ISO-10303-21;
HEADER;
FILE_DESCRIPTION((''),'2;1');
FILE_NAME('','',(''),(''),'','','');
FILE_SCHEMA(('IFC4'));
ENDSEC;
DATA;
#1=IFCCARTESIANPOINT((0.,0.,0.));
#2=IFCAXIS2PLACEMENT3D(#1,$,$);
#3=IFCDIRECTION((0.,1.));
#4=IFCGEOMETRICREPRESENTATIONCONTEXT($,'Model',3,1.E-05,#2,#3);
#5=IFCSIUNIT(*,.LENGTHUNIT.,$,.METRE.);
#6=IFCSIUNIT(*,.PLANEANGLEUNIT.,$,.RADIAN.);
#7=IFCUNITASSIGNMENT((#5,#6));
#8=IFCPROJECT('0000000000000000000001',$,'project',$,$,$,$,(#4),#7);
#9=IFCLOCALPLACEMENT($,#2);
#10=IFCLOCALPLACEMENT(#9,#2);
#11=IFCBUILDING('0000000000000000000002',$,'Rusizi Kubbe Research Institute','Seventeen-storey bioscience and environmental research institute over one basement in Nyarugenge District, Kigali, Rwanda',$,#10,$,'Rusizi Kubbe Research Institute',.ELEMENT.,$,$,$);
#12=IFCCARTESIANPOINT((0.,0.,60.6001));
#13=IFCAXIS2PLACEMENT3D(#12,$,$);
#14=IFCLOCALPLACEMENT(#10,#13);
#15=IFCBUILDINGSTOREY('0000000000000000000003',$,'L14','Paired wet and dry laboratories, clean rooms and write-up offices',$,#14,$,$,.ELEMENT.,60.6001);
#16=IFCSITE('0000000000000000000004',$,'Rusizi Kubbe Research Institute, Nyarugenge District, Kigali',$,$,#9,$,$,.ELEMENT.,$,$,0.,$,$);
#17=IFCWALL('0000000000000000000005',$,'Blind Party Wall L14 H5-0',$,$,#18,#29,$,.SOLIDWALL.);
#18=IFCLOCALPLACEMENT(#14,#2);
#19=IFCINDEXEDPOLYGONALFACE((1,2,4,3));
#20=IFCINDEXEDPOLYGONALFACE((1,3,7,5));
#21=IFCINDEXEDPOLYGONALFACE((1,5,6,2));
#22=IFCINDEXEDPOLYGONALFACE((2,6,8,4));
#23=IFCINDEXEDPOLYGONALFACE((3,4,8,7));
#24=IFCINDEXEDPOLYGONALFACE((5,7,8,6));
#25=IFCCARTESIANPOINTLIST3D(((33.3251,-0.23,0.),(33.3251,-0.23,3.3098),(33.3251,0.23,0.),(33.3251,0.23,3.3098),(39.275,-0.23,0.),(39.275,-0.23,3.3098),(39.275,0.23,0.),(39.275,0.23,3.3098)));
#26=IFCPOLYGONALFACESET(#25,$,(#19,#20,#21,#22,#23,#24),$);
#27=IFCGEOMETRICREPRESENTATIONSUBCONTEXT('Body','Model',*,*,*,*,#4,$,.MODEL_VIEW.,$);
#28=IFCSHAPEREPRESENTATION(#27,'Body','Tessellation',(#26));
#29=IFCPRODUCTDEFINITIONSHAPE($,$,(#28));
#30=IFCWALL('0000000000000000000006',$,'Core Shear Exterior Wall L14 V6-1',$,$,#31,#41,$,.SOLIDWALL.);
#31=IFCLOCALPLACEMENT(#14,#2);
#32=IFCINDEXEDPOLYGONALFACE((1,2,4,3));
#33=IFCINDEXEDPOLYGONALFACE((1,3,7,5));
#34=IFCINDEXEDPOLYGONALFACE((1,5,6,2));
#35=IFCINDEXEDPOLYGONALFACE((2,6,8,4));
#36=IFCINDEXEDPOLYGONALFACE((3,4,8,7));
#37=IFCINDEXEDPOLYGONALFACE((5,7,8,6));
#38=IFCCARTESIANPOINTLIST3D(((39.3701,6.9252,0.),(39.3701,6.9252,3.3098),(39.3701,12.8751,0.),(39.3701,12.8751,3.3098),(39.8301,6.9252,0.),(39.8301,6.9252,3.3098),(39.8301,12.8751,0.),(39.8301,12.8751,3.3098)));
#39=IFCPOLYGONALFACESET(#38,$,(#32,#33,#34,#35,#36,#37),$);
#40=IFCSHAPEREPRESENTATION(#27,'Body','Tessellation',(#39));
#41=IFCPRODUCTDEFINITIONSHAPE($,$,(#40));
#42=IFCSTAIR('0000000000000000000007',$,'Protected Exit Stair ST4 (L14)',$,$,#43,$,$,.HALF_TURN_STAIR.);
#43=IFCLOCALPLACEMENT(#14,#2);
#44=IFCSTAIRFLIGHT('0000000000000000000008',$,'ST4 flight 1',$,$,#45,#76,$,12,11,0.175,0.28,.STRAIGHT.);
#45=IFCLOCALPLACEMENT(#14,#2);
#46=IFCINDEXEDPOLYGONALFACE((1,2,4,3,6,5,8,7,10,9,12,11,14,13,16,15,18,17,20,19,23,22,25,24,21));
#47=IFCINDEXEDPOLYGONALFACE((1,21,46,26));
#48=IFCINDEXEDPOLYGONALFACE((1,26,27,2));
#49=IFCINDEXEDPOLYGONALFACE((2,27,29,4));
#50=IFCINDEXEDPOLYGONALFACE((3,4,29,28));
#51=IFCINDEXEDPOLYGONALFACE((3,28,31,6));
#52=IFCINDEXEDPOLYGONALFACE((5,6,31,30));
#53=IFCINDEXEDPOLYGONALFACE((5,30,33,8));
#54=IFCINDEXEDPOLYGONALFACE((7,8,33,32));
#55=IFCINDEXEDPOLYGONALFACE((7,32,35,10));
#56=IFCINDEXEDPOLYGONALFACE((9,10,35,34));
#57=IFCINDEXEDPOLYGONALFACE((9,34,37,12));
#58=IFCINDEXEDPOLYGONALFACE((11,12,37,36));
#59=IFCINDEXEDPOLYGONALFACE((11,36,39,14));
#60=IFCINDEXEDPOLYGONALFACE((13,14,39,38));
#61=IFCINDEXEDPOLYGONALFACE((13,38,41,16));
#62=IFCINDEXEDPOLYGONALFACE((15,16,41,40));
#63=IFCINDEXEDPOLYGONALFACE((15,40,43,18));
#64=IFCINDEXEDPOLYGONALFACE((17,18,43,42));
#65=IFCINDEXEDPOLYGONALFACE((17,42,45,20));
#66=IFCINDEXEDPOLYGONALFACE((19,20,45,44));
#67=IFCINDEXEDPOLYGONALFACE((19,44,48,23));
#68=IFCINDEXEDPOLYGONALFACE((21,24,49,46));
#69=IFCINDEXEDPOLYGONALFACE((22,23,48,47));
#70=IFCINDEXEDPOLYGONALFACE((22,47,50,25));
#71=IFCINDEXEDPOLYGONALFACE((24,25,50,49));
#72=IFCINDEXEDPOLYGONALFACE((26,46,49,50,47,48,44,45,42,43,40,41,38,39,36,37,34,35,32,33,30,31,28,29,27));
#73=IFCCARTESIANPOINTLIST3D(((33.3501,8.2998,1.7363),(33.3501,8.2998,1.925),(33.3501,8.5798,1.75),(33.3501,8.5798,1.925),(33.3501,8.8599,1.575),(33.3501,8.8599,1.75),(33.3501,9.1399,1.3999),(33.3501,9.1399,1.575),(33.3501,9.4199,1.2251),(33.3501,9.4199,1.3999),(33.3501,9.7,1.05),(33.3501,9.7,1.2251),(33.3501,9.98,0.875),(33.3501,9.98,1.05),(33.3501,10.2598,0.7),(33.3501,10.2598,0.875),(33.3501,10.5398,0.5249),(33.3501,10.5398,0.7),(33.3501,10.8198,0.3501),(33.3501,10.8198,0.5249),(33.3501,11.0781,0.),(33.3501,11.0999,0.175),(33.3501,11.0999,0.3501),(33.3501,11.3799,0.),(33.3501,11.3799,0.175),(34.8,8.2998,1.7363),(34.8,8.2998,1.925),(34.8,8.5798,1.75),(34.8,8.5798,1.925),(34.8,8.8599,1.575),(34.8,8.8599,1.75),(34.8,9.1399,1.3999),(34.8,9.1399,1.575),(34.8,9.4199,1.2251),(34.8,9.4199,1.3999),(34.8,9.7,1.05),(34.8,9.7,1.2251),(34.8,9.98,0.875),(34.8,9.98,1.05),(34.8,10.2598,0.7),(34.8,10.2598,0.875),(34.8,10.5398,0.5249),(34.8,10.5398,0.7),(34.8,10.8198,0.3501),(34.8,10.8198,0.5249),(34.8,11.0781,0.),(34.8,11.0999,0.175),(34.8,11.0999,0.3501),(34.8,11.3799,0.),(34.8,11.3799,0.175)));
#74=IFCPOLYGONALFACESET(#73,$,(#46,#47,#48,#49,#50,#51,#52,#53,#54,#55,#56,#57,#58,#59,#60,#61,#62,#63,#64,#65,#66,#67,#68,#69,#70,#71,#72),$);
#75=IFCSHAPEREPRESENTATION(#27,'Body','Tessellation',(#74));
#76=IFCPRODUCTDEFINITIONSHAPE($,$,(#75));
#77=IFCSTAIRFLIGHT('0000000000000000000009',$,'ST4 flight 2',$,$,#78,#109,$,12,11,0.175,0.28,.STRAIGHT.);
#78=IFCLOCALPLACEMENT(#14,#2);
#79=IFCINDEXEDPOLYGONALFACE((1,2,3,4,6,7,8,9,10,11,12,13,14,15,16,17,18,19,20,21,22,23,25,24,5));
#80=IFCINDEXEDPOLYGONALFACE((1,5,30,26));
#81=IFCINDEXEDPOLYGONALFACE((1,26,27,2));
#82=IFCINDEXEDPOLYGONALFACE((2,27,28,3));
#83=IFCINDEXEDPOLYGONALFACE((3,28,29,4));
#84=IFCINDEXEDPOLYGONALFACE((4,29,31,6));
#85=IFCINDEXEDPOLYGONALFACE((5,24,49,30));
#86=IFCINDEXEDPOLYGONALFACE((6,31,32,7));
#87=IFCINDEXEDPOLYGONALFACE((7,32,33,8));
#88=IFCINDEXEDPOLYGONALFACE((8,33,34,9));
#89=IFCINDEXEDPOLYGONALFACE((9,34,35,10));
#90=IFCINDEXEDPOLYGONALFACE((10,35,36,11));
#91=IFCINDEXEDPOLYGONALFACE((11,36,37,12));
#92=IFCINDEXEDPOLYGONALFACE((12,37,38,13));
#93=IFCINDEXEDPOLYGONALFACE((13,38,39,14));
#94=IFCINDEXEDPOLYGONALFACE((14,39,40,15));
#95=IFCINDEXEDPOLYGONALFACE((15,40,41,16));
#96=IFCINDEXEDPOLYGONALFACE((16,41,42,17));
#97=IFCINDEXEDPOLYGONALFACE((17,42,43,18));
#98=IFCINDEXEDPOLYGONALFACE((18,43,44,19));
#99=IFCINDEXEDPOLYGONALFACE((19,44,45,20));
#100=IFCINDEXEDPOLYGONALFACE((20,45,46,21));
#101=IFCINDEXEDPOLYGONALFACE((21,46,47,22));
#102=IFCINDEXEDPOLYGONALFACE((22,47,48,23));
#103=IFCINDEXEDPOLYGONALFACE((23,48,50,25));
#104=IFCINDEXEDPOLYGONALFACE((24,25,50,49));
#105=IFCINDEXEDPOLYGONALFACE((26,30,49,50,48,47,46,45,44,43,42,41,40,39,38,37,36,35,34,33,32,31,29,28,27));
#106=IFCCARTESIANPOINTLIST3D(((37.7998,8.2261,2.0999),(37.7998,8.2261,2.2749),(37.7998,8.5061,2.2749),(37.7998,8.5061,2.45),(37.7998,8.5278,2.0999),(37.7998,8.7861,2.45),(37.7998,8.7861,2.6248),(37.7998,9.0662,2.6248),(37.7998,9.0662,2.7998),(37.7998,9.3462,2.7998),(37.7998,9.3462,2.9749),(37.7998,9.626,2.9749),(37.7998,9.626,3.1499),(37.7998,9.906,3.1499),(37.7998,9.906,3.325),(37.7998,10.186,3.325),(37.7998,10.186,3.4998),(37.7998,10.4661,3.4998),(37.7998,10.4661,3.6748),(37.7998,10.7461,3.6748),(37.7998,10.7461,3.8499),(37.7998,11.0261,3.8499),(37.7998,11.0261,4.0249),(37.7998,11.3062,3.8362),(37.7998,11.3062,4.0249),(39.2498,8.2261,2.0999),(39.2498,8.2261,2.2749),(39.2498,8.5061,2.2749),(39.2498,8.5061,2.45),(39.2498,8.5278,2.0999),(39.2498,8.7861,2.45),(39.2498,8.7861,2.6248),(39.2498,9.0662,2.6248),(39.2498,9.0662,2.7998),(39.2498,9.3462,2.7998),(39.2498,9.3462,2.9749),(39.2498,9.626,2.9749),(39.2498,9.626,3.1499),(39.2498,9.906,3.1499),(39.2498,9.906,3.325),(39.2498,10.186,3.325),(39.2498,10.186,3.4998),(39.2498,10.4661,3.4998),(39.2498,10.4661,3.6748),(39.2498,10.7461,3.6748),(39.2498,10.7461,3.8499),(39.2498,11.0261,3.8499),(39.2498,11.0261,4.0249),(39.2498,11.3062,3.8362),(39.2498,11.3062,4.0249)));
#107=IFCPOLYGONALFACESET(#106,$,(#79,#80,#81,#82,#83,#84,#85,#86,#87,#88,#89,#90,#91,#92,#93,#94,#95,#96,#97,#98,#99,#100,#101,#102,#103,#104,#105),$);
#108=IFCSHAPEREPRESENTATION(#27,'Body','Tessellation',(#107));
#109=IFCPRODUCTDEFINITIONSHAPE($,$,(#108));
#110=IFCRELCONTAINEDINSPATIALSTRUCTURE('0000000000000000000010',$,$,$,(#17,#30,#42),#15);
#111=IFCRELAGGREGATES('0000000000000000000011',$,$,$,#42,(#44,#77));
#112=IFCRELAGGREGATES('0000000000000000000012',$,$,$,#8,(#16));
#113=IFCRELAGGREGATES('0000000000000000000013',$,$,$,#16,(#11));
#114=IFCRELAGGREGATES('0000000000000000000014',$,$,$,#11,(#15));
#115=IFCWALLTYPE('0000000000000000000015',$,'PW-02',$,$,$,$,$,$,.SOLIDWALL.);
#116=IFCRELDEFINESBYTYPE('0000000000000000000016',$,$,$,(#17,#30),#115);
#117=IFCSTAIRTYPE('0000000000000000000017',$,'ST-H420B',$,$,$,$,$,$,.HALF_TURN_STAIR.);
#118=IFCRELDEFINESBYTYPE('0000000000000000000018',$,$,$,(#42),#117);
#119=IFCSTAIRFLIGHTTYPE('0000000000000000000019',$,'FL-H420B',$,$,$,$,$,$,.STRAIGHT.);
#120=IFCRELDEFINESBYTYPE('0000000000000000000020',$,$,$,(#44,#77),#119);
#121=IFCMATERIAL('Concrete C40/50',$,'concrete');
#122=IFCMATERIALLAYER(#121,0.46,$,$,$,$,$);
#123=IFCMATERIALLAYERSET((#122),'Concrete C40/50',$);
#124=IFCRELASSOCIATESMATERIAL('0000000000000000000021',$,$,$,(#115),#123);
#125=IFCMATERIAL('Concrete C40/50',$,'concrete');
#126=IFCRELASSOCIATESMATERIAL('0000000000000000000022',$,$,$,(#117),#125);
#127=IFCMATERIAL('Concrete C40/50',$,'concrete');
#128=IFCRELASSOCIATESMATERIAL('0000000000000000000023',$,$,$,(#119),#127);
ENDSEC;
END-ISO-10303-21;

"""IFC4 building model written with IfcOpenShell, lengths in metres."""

from ifc_helpers import new_model, si_unit, direction, frame, frame_2d, origin, place, context, subcontext, project, spatial, polyline, rectangle, outline, extrude, material, layer, layer_set, type_object, element, aggregate, save


model = new_model("IFC4")

# Units and contexts
model_context = context("Model", 3, precision=1e-05, world=origin(), true_north=direction((0.0, 1.0)))
body_context = subcontext(model_context, "Body", "Model", "MODEL_VIEW")
ifc_project = project(units=[si_unit("LENGTHUNIT", "METRE"), si_unit("PLANEANGLEUNIT", "RADIAN")], contexts=[model_context])

# Site, building, storey
site_placement = place(None, origin())
site = spatial("IfcSite", under=ifc_project, at=site_placement, Name="Rusizi Kubbe Research Institute, Nyarugenge District, Kigali", CompositionType="ELEMENT", RefElevation=0.0)
building_placement = place(site_placement, origin())
building = spatial("IfcBuilding", under=site, at=building_placement, Name="Rusizi Kubbe Research Institute", Description="Seventeen-storey bioscience and environmental research institute over one basement in Nyarugenge District, Kigali, Rwanda", LongName="Rusizi Kubbe Research Institute", CompositionType="ELEMENT")
storey_placement = place(building_placement, frame((0.0, 0.0, 60.6001)))
storey = spatial("IfcBuildingStorey", under=building, at=storey_placement, Name="L14", Description="Paired wet and dry laboratories, clean rooms and write-up offices", CompositionType="ELEMENT", Elevation=60.6001)

# Walls
ifc_material_1 = material(Name="Concrete C40/50", Category="concrete")
ifc_layer_1 = layer(ifc_material_1, 0.46)
ifc_layer_set_1 = layer_set([ifc_layer_1], Name="Concrete C40/50")
wall_type_1 = type_object("IfcWallType", Name="PW-02", PredefinedType="SOLIDWALL", material=ifc_layer_set_1)
for number, where, z_axis, x_axis, name in (
    (1, (33.325, 0.0, 0.0), (0.0, 0.0, 1.0), (1.0, 0.0, 0.0), "Blind Party Wall L14 H5-0"),
    (2, (39.6001, 6.925, 0.0), (0.0, 0.0, 1.0), (0.0, 1.0, 0.0), "Core Shear Exterior Wall L14 V6-1"),
):
    element("IfcWall", number, at=place(storey_placement, frame(where, z_axis=z_axis, x_axis=x_axis)), inside=storey, type_object=wall_type_1, Name=name, PredefinedType="SOLIDWALL", context=body_context, shape_type="SweptSolid", body=[
        extrude(rectangle(XDim=5.95, YDim=0.46, at=frame_2d((2.9751, 0.0))), origin(), (0.0, 0.0, 1.0), 3.3098),
    ])

# Stair, stair flights
ifc_material_2 = material(Name="Concrete C40/50", Category="concrete")
stair_type = type_object("IfcStairType", Name="ST-H420B", PredefinedType="HALF_TURN_STAIR", material=ifc_material_2)
stair_placement = place(storey_placement, origin())
stair = element("IfcStair", 3, at=stair_placement, inside=storey, type_object=stair_type, Name="Protected Exit Stair ST4 (L14)", PredefinedType="HALF_TURN_STAIR")
ifc_material_3 = material(Name="Concrete C40/50", Category="concrete")
stair_flight_type = type_object("IfcStairFlightType", Name="FL-H420B", PredefinedType="STRAIGHT", material=ifc_material_3)
stair_flight_1_placement = place(storey_placement, frame((34.075, 11.3799, 0.0), z_axis=(0.0, 0.0, 1.0), x_axis=(0.0, -1.0, 0.0)))
stair_flight_1 = element("IfcStairFlight", 4, at=stair_flight_1_placement, type_object=stair_flight_type, Name="ST4 flight 1", NumberOfRisers=12, NumberOfTreads=11, PredefinedType="STRAIGHT", RiserHeight=0.175, TreadLength=0.28, context=body_context, shape_type="SweptSolid", body=[
    extrude(outline(polyline([(0.0, 0.0), (0.0, 0.175), (0.28, 0.175), (0.28, 0.3501), (0.5601, 0.3501), (0.5601, 0.5249), (0.8401, 0.5249), (0.8401, 0.7), (1.1201, 0.7), (1.1201, 0.875), (1.3999, 0.875), (1.3999, 1.05), (1.6799, 1.05), (1.6799, 1.2251), (1.96, 1.2251), (1.96, 1.3999), (2.24, 1.3999), (2.24, 1.575), (2.52, 1.575), (2.52, 1.75), (2.8, 1.75), (2.8, 1.925), (3.0801, 1.925), (3.0801, 2.1001), (3.0801, 1.7363), (0.3018, 0.0), (0.0, 0.0)])), frame((0.0, 0.7251, 0.0), z_axis=(0.0, -1.0, 0.0), x_axis=(1.0, 0.0, 0.0)), (0.0, 0.0, 1.0), 1.45),
])
stair_flight_2_placement = place(storey_placement, frame((38.5249, 8.2261, 2.0999), z_axis=(0.0, 0.0, 1.0), x_axis=(0.0, 1.0, 0.0)))
stair_flight_2 = element("IfcStairFlight", 5, at=stair_flight_2_placement, type_object=stair_flight_type, Name="ST4 flight 2", NumberOfRisers=12, NumberOfTreads=11, PredefinedType="STRAIGHT", RiserHeight=0.175, TreadLength=0.28, context=body_context, shape_type="SweptSolid", body=[
    extrude(outline(polyline([(0.0, 0.0), (0.0, 0.175), (0.28, 0.175), (0.28, 0.3501), (0.5601, 0.3501), (0.5601, 0.5249), (0.8401, 0.5249), (0.8401, 0.7), (1.1201, 0.7), (1.1201, 0.875), (1.3999, 0.875), (1.3999, 1.05), (1.6799, 1.05), (1.6799, 1.2251), (1.96, 1.2251), (1.96, 1.3999), (2.24, 1.3999), (2.24, 1.575), (2.52, 1.575), (2.52, 1.75), (2.8, 1.75), (2.8, 1.925), (3.0801, 1.925), (3.0801, 2.1001), (3.0801, 1.7363), (0.3018, 0.0), (0.0, 0.0)])), frame((0.0, 0.7251, 0.0), z_axis=(0.0, -1.0, 0.0), x_axis=(1.0, 0.0, 0.0)), (0.0, 0.0, 1.0), 1.45),
])
aggregate(stair, [stair_flight_1, stair_flight_2])

save(model, "model.ifc")
